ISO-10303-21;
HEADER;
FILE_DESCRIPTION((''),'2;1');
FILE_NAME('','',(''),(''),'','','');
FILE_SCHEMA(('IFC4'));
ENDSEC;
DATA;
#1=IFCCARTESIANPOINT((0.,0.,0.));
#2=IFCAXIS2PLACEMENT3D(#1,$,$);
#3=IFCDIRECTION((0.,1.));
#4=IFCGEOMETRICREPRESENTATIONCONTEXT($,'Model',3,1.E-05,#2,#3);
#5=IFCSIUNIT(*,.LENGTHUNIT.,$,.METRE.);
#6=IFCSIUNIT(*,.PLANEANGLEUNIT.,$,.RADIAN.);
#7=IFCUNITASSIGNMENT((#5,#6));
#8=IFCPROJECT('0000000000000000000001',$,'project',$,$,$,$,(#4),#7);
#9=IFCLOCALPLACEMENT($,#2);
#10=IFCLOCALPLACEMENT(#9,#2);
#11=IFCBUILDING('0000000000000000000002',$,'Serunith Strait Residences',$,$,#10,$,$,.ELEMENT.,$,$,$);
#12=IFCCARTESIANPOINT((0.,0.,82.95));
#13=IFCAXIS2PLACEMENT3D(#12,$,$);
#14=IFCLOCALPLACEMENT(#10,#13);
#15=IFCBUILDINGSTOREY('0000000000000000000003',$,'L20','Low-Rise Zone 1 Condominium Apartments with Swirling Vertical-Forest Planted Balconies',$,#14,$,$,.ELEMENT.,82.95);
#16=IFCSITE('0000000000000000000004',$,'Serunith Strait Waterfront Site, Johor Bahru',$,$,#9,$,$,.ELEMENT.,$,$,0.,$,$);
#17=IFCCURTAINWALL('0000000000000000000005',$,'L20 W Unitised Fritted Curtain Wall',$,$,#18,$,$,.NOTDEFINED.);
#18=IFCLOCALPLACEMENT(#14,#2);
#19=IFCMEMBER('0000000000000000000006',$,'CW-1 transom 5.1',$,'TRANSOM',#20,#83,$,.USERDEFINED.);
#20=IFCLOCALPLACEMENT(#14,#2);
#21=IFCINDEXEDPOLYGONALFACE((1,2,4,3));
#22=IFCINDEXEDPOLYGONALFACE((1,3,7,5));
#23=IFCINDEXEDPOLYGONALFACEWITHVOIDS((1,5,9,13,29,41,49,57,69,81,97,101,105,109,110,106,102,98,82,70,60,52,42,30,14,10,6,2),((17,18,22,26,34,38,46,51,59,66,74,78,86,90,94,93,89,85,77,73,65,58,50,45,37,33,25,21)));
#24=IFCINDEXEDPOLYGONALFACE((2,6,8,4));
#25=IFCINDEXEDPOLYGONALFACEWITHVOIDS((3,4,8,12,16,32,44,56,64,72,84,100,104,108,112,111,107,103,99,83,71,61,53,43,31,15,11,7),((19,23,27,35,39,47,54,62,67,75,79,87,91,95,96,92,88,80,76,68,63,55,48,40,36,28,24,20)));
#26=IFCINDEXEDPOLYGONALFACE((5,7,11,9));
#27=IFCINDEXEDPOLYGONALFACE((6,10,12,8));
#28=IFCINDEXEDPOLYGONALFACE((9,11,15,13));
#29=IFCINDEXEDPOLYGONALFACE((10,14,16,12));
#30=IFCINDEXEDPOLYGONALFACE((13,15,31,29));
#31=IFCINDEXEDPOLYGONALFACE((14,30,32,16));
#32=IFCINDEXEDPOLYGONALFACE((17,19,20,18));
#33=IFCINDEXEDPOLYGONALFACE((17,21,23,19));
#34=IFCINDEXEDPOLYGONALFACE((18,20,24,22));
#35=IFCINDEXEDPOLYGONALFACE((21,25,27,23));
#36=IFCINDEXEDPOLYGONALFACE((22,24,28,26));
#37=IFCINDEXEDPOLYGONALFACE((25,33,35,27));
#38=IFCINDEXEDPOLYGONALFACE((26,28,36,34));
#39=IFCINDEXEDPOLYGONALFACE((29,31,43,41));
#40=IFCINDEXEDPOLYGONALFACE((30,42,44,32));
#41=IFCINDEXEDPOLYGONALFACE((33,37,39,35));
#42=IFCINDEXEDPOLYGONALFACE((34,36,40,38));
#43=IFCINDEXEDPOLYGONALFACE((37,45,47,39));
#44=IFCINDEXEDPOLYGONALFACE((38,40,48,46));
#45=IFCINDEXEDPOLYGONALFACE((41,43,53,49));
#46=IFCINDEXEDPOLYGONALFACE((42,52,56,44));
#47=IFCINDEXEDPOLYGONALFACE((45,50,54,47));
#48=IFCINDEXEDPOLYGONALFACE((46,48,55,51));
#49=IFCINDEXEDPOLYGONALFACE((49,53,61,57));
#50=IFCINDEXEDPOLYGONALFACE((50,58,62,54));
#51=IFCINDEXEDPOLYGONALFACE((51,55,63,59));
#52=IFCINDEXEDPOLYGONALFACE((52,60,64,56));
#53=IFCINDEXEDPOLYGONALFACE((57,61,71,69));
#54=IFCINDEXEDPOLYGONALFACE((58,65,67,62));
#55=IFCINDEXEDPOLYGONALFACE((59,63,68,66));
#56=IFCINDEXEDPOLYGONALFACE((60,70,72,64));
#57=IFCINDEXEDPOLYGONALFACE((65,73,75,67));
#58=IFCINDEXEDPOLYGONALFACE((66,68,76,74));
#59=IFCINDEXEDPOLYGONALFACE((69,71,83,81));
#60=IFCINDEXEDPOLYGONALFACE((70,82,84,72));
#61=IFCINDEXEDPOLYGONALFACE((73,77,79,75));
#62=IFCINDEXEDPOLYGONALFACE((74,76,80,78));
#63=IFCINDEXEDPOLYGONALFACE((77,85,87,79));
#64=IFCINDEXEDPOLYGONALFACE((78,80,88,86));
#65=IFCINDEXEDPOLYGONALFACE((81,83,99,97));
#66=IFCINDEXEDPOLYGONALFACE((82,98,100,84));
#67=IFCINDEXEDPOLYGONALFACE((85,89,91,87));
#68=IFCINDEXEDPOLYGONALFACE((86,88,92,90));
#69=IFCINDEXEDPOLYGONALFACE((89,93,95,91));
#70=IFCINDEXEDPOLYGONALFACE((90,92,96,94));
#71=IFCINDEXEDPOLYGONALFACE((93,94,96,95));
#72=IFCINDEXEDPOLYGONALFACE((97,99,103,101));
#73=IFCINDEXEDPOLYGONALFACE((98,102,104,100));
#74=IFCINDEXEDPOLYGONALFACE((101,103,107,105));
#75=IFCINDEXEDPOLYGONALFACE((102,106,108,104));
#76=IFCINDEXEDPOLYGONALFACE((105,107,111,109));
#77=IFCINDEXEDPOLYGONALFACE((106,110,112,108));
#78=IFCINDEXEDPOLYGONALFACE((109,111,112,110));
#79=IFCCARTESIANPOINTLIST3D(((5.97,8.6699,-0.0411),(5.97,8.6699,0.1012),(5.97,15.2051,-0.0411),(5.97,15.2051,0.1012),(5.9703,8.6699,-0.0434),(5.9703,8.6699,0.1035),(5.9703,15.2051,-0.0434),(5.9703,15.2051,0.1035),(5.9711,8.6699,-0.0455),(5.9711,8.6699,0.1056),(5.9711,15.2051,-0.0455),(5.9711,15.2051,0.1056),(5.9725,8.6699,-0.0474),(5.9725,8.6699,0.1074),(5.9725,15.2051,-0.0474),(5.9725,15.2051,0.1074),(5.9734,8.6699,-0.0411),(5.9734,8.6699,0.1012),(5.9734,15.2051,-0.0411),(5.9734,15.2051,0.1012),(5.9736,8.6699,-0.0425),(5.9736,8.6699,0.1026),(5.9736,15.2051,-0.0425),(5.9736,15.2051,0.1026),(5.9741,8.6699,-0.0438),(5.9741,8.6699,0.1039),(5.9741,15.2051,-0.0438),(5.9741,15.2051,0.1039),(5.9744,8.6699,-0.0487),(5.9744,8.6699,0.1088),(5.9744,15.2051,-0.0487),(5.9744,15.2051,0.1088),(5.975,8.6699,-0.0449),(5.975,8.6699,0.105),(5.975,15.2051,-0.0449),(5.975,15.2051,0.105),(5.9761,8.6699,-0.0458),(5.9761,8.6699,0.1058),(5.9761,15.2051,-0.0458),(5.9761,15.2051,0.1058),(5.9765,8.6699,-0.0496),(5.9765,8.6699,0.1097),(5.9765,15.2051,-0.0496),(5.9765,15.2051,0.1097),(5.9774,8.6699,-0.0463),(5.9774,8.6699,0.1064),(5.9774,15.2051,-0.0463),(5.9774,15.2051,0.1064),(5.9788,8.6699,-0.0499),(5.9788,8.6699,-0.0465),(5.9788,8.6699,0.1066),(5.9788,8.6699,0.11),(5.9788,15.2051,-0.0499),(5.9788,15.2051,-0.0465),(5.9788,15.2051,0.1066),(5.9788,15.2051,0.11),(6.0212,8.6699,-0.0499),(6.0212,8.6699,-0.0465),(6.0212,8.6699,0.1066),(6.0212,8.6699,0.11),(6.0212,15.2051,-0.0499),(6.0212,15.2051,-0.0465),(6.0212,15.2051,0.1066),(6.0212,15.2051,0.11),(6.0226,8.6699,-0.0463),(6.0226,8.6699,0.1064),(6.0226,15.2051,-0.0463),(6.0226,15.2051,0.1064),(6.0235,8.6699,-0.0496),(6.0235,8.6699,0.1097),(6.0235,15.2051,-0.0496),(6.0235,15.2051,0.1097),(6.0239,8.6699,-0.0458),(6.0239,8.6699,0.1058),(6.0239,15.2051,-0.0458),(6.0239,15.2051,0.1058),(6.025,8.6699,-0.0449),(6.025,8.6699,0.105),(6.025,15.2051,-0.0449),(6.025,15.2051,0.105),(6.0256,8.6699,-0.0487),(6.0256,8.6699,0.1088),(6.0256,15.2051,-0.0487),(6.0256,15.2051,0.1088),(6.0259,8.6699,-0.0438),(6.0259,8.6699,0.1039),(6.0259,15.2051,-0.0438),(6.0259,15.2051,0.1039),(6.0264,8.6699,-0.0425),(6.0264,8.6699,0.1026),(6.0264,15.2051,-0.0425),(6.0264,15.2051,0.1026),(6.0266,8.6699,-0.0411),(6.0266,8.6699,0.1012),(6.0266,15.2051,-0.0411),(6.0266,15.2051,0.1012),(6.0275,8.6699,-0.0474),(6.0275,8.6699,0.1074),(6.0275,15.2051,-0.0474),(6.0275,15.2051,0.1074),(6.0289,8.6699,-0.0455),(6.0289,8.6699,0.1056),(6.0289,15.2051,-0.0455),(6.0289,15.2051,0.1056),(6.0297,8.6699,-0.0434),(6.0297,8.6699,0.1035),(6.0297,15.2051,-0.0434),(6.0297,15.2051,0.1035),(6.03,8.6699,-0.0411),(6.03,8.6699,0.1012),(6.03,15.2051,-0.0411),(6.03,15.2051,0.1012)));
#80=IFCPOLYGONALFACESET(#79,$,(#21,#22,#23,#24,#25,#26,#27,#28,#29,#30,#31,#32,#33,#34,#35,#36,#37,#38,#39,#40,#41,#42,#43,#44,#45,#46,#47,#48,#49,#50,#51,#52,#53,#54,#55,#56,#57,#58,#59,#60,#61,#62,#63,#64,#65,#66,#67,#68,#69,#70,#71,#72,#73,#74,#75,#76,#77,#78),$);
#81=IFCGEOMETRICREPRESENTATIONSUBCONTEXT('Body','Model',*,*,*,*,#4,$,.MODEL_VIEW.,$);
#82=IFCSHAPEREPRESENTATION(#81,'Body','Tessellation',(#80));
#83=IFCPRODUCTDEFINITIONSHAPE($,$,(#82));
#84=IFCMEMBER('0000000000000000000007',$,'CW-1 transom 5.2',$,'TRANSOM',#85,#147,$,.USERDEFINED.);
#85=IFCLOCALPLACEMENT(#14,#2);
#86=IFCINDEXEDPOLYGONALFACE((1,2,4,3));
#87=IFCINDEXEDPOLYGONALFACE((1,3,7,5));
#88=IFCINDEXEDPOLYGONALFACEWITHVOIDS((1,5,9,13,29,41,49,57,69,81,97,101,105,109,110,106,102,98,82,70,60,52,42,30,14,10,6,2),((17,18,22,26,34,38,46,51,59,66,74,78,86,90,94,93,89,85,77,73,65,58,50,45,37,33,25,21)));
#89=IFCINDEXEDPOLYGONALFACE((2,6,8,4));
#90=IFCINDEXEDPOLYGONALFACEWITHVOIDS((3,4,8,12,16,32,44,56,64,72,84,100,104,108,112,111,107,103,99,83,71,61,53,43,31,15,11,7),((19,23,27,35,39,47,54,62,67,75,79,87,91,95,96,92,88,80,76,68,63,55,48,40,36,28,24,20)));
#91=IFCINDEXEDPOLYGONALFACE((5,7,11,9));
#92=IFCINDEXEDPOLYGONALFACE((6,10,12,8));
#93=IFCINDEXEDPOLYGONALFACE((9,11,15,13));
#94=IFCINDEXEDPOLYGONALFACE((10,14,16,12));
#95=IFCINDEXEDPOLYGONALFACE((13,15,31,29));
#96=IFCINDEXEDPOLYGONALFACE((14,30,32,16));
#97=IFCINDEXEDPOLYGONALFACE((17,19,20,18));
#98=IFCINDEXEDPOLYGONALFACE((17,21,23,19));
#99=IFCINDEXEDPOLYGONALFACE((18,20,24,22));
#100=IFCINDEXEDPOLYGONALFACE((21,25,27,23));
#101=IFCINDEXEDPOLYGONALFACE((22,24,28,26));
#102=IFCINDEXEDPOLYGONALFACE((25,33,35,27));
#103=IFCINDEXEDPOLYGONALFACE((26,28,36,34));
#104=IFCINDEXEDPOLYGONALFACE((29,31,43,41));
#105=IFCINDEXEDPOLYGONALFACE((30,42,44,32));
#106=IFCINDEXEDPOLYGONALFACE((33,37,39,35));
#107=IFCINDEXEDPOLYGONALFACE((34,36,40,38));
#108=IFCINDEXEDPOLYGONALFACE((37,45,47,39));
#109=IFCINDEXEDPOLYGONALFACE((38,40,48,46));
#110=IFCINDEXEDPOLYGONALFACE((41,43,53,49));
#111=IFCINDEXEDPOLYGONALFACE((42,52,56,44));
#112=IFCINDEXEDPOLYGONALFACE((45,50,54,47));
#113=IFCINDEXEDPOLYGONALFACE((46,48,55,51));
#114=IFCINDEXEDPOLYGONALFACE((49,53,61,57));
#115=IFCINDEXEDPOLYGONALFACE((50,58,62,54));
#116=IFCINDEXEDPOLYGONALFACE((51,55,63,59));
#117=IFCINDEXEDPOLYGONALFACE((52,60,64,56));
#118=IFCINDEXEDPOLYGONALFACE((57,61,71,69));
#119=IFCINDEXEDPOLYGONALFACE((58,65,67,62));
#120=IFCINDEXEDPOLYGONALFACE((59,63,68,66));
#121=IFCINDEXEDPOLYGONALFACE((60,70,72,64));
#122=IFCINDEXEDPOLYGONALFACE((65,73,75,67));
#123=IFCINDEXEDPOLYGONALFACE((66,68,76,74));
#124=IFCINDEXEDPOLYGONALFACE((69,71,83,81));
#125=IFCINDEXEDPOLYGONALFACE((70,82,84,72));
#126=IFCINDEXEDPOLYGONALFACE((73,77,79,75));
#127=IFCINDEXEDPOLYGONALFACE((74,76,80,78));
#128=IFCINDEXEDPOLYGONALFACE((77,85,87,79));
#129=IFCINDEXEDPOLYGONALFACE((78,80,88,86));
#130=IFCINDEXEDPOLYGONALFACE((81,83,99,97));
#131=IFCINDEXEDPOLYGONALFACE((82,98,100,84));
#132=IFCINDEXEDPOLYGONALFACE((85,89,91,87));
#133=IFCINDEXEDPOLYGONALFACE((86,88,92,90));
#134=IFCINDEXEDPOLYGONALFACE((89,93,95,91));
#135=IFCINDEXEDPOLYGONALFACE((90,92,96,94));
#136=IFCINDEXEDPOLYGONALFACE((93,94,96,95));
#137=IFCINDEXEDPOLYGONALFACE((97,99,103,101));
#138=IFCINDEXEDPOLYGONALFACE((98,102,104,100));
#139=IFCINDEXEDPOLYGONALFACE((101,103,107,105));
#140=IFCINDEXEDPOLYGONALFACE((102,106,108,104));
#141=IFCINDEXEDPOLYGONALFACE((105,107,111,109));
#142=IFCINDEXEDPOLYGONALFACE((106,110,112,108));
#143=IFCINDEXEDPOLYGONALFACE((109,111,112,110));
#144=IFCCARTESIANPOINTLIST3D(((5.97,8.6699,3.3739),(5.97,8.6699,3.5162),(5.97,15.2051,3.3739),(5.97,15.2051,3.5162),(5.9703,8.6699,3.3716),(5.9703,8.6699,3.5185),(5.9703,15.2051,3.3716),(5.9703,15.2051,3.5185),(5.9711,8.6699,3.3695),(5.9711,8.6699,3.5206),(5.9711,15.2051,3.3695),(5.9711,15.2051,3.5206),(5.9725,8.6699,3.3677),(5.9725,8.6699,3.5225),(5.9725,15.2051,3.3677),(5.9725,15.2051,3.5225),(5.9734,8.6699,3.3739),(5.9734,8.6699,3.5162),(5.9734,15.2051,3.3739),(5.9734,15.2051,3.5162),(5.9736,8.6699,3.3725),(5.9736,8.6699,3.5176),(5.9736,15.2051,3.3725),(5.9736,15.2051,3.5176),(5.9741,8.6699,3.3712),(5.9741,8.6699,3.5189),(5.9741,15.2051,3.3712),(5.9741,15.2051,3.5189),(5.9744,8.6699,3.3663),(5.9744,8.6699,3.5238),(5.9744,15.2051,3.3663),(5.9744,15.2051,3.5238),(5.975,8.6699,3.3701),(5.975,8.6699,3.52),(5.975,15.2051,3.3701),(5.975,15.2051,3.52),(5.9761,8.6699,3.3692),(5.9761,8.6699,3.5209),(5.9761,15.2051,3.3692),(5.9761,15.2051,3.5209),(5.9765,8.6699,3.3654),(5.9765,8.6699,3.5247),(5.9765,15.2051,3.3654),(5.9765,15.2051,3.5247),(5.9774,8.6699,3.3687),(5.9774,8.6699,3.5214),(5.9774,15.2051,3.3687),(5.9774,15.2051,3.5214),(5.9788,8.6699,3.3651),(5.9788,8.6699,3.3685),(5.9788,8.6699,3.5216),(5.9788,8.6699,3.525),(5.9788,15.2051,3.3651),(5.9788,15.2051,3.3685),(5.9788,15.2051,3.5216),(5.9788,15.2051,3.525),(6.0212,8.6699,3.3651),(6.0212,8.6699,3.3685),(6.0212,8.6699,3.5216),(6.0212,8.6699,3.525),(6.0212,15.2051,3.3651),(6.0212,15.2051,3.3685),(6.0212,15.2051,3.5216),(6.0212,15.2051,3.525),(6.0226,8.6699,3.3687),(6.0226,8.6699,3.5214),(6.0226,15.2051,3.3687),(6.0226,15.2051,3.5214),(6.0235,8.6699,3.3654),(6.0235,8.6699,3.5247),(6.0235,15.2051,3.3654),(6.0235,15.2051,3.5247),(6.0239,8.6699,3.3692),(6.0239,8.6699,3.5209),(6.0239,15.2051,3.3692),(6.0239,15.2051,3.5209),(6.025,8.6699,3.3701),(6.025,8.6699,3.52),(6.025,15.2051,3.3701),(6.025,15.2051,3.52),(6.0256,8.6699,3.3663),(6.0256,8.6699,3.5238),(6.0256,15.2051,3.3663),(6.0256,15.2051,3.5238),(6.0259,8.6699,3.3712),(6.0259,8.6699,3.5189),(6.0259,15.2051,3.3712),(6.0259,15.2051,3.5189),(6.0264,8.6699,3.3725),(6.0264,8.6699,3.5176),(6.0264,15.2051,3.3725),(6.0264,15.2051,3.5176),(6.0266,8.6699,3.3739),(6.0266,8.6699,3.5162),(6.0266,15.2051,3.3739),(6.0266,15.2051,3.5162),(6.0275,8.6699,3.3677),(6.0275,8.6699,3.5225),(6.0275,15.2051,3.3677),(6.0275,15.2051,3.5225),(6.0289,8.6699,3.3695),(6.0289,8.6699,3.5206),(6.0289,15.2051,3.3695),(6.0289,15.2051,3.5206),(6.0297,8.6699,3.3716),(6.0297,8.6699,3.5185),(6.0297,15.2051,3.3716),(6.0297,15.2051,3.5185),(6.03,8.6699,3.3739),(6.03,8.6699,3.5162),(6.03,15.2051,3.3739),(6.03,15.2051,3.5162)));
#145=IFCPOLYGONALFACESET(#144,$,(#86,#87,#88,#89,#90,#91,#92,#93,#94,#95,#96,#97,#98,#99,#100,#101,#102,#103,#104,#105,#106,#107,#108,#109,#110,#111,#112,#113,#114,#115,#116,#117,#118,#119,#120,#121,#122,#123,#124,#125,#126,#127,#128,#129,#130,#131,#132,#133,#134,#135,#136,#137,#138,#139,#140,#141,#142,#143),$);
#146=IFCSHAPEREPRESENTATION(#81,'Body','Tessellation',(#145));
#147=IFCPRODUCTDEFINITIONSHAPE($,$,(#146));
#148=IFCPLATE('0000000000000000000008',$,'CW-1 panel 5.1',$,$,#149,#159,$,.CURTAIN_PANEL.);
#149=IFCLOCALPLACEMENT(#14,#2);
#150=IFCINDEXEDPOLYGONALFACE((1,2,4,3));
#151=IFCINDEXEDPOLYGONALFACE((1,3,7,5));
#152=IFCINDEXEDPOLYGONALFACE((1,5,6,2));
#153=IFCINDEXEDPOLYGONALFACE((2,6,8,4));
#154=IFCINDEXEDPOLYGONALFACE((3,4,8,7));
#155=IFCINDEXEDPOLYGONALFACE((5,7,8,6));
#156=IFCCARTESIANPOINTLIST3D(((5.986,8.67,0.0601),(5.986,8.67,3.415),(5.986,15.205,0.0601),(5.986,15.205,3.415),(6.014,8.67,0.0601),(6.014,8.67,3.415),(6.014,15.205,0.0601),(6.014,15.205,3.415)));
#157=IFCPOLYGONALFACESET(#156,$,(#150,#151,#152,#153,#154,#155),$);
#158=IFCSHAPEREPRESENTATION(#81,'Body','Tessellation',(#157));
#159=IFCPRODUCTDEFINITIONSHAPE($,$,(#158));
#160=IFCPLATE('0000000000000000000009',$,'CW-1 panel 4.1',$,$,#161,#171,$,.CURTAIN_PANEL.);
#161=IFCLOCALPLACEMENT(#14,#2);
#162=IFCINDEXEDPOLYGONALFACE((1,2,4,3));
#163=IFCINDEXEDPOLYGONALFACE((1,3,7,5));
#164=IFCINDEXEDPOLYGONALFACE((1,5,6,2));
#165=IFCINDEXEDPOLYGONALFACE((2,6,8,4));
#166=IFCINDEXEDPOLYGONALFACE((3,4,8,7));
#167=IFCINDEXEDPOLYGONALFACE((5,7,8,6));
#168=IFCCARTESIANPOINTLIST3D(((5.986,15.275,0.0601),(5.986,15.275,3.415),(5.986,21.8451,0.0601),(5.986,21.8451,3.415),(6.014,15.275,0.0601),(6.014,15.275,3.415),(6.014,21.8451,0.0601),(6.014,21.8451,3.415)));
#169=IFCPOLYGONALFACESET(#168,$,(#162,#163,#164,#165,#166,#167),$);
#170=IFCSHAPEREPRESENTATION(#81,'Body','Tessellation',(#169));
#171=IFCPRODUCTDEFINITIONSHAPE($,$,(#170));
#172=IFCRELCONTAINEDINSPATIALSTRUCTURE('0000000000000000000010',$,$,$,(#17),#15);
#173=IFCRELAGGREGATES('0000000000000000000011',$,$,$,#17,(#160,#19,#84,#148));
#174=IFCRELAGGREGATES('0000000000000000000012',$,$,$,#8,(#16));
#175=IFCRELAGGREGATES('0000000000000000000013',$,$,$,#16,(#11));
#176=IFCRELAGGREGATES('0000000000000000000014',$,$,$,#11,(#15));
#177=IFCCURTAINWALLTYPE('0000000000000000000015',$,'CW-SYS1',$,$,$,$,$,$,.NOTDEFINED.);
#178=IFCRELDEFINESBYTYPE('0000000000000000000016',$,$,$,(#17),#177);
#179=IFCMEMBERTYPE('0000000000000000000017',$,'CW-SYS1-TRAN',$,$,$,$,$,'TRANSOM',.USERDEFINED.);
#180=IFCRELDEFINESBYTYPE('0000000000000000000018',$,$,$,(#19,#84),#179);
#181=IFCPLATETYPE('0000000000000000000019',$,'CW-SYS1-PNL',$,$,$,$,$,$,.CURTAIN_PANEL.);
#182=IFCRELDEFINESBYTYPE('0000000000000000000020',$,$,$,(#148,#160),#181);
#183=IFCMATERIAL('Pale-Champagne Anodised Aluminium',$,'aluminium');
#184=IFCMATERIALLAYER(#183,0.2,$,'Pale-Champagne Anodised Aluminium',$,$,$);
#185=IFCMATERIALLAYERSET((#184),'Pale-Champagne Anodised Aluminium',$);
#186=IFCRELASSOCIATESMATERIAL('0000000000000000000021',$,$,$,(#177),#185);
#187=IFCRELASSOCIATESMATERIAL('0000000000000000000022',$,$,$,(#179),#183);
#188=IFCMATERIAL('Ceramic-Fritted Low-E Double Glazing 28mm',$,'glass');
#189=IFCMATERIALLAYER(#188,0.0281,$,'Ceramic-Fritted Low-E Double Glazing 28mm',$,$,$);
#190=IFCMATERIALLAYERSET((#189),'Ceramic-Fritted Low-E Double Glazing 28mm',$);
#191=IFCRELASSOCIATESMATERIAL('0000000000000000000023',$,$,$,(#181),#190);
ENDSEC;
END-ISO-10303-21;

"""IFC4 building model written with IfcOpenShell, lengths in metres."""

from ifc_helpers import new_model, si_unit, direction, frame, origin, origin_2d, place, context, subcontext, project, spatial, rectangle, hollow_rectangle, extrude, source, transform, mapped, material, layer, layer_set, material_profile, profile_set, type_object, element, aggregate, save


model = new_model("IFC4")

# Units and contexts
model_context = context("Model", 3, precision=1e-05, world=origin(), true_north=direction((0.0, 1.0)))
body_context = subcontext(model_context, "Body", "Model", "MODEL_VIEW")
ifc_project = project(units=[si_unit("LENGTHUNIT", "METRE"), si_unit("PLANEANGLEUNIT", "RADIAN")], contexts=[model_context])

# Site, building, storey
site_placement = place(None, origin())
site = spatial("IfcSite", under=ifc_project, at=site_placement, Name="Serunith Strait Waterfront Site, Johor Bahru", CompositionType="ELEMENT", RefElevation=0.0)
building_placement = place(site_placement, origin())
building = spatial("IfcBuilding", under=site, at=building_placement, Name="Serunith Strait Residences", CompositionType="ELEMENT")
storey_placement = place(building_placement, frame((0.0, 0.0, 82.95)))
storey = spatial("IfcBuildingStorey", under=building, at=storey_placement, Name="L20", Description="Low-Rise Zone 1 Condominium Apartments with Swirling Vertical-Forest Planted Balconies", CompositionType="ELEMENT", Elevation=82.95)

# Curtain wall, members, plates
ifc_material_1 = material(Name="Pale-Champagne Anodised Aluminium", Category="aluminium")
ifc_layer_1 = layer(ifc_material_1, 0.2, Name="Pale-Champagne Anodised Aluminium")
ifc_layer_set_1 = layer_set([ifc_layer_1], Name="Pale-Champagne Anodised Aluminium")
curtain_wall_type = type_object("IfcCurtainWallType", Name="CW-SYS1", PredefinedType="NOTDEFINED", material=ifc_layer_set_1)
curtain_wall_placement = place(storey_placement, origin())
curtain_wall = element("IfcCurtainWall", 1, at=curtain_wall_placement, inside=storey, type_object=curtain_wall_type, Name="L20 W Unitised Fritted Curtain Wall", PredefinedType="NOTDEFINED")
ifc_material_profile_1 = material_profile(ifc_material_1, hollow_rectangle(XDim=0.0601, YDim=0.1599, WallThickness=0.0034, InnerFilletRadius=0.0054, OuterFilletRadius=0.0088, at=origin_2d()), Name="ALU 160x60x3.5")
ifc_profile_set_1 = profile_set([ifc_material_profile_1], Name="Pale-Champagne Anodised Aluminium")
member_type_1 = type_object("IfcMemberType", Name="CW-SYS1-TRAN", ElementType="TRANSOM", PredefinedType="USERDEFINED", material=ifc_profile_set_1)
shared_shape_1 = source(origin(), body_context, "Body", "SweptSolid", [
    extrude(hollow_rectangle(XDim=0.0601, YDim=0.1599, WallThickness=0.0034, InnerFilletRadius=0.0054, OuterFilletRadius=0.0088, at=origin_2d()), origin(), (0.0, 0.0, 1.0), 6.5352),
])
member_1_placement = place(storey_placement, frame((6.0, 15.2051, 0.03), z_axis=(0.0, -1.0, 0.0), x_axis=(1.0, 0.0, 0.0)))
member_1 = element("IfcMember", 2, at=member_1_placement, type_object=member_type_1, Name="CW-1 transom 5.1", ObjectType="TRANSOM", PredefinedType="USERDEFINED", context=body_context, shape_type="MappedRepresentation", body=[
    mapped(shared_shape_1, transform((0.0, 0.0, 0.0), scale=1.0)),
])
member_2_placement = place(storey_placement, frame((6.0, 15.2051, 3.4451), z_axis=(0.0, -1.0, 0.0), x_axis=(1.0, 0.0, 0.0)))
member_2 = element("IfcMember", 3, at=member_2_placement, type_object=member_type_1, Name="CW-1 transom 5.2", ObjectType="TRANSOM", PredefinedType="USERDEFINED", context=body_context, shape_type="MappedRepresentation", body=[
    mapped(shared_shape_1, transform((0.0, 0.0, 0.0), scale=1.0)),
])
ifc_material_2 = material(Name="Ceramic-Fritted Low-E Double Glazing 28mm", Category="glass")
ifc_layer_2 = layer(ifc_material_2, 0.0281, Name="Ceramic-Fritted Low-E Double Glazing 28mm")
ifc_layer_set_2 = layer_set([ifc_layer_2], Name="Ceramic-Fritted Low-E Double Glazing 28mm")
plate_type = type_object("IfcPlateType", Name="CW-SYS1-PNL", PredefinedType="CURTAIN_PANEL", material=ifc_layer_set_2)
shared_shape_2 = source(origin(), body_context, "Body", "SweptSolid", [
    extrude(rectangle(XDim=6.5349, YDim=0.0281, at=origin_2d()), origin(), (0.0, 0.0, 1.0), 3.355),
])
plate_1_placement = place(storey_placement, frame((6.0, 11.9375, 0.0601), z_axis=(0.0, 0.0, 1.0), x_axis=(0.0, -1.0, 0.0)))
plate_1 = element("IfcPlate", 4, at=plate_1_placement, type_object=plate_type, Name="CW-1 panel 5.1", PredefinedType="CURTAIN_PANEL", context=body_context, shape_type="MappedRepresentation", body=[
    mapped(shared_shape_2, transform((0.0, 0.0, 0.0), scale=1.0)),
])
shared_shape_3 = source(origin(), body_context, "Body", "SweptSolid", [
    extrude(rectangle(XDim=6.5701, YDim=0.0281, at=origin_2d()), origin(), (0.0, 0.0, 1.0), 3.355),
])
plate_2_placement = place(storey_placement, frame((6.0, 18.5601, 0.0601), z_axis=(0.0, 0.0, 1.0), x_axis=(0.0, -1.0, 0.0)))
plate_2 = element("IfcPlate", 5, at=plate_2_placement, type_object=plate_type, Name="CW-1 panel 4.1", PredefinedType="CURTAIN_PANEL", context=body_context, shape_type="MappedRepresentation", body=[
    mapped(shared_shape_3, transform((0.0, 0.0, 0.0), scale=1.0)),
])
aggregate(curtain_wall, [plate_2, member_1, member_2, plate_1])

save(model, "model.ifc")
